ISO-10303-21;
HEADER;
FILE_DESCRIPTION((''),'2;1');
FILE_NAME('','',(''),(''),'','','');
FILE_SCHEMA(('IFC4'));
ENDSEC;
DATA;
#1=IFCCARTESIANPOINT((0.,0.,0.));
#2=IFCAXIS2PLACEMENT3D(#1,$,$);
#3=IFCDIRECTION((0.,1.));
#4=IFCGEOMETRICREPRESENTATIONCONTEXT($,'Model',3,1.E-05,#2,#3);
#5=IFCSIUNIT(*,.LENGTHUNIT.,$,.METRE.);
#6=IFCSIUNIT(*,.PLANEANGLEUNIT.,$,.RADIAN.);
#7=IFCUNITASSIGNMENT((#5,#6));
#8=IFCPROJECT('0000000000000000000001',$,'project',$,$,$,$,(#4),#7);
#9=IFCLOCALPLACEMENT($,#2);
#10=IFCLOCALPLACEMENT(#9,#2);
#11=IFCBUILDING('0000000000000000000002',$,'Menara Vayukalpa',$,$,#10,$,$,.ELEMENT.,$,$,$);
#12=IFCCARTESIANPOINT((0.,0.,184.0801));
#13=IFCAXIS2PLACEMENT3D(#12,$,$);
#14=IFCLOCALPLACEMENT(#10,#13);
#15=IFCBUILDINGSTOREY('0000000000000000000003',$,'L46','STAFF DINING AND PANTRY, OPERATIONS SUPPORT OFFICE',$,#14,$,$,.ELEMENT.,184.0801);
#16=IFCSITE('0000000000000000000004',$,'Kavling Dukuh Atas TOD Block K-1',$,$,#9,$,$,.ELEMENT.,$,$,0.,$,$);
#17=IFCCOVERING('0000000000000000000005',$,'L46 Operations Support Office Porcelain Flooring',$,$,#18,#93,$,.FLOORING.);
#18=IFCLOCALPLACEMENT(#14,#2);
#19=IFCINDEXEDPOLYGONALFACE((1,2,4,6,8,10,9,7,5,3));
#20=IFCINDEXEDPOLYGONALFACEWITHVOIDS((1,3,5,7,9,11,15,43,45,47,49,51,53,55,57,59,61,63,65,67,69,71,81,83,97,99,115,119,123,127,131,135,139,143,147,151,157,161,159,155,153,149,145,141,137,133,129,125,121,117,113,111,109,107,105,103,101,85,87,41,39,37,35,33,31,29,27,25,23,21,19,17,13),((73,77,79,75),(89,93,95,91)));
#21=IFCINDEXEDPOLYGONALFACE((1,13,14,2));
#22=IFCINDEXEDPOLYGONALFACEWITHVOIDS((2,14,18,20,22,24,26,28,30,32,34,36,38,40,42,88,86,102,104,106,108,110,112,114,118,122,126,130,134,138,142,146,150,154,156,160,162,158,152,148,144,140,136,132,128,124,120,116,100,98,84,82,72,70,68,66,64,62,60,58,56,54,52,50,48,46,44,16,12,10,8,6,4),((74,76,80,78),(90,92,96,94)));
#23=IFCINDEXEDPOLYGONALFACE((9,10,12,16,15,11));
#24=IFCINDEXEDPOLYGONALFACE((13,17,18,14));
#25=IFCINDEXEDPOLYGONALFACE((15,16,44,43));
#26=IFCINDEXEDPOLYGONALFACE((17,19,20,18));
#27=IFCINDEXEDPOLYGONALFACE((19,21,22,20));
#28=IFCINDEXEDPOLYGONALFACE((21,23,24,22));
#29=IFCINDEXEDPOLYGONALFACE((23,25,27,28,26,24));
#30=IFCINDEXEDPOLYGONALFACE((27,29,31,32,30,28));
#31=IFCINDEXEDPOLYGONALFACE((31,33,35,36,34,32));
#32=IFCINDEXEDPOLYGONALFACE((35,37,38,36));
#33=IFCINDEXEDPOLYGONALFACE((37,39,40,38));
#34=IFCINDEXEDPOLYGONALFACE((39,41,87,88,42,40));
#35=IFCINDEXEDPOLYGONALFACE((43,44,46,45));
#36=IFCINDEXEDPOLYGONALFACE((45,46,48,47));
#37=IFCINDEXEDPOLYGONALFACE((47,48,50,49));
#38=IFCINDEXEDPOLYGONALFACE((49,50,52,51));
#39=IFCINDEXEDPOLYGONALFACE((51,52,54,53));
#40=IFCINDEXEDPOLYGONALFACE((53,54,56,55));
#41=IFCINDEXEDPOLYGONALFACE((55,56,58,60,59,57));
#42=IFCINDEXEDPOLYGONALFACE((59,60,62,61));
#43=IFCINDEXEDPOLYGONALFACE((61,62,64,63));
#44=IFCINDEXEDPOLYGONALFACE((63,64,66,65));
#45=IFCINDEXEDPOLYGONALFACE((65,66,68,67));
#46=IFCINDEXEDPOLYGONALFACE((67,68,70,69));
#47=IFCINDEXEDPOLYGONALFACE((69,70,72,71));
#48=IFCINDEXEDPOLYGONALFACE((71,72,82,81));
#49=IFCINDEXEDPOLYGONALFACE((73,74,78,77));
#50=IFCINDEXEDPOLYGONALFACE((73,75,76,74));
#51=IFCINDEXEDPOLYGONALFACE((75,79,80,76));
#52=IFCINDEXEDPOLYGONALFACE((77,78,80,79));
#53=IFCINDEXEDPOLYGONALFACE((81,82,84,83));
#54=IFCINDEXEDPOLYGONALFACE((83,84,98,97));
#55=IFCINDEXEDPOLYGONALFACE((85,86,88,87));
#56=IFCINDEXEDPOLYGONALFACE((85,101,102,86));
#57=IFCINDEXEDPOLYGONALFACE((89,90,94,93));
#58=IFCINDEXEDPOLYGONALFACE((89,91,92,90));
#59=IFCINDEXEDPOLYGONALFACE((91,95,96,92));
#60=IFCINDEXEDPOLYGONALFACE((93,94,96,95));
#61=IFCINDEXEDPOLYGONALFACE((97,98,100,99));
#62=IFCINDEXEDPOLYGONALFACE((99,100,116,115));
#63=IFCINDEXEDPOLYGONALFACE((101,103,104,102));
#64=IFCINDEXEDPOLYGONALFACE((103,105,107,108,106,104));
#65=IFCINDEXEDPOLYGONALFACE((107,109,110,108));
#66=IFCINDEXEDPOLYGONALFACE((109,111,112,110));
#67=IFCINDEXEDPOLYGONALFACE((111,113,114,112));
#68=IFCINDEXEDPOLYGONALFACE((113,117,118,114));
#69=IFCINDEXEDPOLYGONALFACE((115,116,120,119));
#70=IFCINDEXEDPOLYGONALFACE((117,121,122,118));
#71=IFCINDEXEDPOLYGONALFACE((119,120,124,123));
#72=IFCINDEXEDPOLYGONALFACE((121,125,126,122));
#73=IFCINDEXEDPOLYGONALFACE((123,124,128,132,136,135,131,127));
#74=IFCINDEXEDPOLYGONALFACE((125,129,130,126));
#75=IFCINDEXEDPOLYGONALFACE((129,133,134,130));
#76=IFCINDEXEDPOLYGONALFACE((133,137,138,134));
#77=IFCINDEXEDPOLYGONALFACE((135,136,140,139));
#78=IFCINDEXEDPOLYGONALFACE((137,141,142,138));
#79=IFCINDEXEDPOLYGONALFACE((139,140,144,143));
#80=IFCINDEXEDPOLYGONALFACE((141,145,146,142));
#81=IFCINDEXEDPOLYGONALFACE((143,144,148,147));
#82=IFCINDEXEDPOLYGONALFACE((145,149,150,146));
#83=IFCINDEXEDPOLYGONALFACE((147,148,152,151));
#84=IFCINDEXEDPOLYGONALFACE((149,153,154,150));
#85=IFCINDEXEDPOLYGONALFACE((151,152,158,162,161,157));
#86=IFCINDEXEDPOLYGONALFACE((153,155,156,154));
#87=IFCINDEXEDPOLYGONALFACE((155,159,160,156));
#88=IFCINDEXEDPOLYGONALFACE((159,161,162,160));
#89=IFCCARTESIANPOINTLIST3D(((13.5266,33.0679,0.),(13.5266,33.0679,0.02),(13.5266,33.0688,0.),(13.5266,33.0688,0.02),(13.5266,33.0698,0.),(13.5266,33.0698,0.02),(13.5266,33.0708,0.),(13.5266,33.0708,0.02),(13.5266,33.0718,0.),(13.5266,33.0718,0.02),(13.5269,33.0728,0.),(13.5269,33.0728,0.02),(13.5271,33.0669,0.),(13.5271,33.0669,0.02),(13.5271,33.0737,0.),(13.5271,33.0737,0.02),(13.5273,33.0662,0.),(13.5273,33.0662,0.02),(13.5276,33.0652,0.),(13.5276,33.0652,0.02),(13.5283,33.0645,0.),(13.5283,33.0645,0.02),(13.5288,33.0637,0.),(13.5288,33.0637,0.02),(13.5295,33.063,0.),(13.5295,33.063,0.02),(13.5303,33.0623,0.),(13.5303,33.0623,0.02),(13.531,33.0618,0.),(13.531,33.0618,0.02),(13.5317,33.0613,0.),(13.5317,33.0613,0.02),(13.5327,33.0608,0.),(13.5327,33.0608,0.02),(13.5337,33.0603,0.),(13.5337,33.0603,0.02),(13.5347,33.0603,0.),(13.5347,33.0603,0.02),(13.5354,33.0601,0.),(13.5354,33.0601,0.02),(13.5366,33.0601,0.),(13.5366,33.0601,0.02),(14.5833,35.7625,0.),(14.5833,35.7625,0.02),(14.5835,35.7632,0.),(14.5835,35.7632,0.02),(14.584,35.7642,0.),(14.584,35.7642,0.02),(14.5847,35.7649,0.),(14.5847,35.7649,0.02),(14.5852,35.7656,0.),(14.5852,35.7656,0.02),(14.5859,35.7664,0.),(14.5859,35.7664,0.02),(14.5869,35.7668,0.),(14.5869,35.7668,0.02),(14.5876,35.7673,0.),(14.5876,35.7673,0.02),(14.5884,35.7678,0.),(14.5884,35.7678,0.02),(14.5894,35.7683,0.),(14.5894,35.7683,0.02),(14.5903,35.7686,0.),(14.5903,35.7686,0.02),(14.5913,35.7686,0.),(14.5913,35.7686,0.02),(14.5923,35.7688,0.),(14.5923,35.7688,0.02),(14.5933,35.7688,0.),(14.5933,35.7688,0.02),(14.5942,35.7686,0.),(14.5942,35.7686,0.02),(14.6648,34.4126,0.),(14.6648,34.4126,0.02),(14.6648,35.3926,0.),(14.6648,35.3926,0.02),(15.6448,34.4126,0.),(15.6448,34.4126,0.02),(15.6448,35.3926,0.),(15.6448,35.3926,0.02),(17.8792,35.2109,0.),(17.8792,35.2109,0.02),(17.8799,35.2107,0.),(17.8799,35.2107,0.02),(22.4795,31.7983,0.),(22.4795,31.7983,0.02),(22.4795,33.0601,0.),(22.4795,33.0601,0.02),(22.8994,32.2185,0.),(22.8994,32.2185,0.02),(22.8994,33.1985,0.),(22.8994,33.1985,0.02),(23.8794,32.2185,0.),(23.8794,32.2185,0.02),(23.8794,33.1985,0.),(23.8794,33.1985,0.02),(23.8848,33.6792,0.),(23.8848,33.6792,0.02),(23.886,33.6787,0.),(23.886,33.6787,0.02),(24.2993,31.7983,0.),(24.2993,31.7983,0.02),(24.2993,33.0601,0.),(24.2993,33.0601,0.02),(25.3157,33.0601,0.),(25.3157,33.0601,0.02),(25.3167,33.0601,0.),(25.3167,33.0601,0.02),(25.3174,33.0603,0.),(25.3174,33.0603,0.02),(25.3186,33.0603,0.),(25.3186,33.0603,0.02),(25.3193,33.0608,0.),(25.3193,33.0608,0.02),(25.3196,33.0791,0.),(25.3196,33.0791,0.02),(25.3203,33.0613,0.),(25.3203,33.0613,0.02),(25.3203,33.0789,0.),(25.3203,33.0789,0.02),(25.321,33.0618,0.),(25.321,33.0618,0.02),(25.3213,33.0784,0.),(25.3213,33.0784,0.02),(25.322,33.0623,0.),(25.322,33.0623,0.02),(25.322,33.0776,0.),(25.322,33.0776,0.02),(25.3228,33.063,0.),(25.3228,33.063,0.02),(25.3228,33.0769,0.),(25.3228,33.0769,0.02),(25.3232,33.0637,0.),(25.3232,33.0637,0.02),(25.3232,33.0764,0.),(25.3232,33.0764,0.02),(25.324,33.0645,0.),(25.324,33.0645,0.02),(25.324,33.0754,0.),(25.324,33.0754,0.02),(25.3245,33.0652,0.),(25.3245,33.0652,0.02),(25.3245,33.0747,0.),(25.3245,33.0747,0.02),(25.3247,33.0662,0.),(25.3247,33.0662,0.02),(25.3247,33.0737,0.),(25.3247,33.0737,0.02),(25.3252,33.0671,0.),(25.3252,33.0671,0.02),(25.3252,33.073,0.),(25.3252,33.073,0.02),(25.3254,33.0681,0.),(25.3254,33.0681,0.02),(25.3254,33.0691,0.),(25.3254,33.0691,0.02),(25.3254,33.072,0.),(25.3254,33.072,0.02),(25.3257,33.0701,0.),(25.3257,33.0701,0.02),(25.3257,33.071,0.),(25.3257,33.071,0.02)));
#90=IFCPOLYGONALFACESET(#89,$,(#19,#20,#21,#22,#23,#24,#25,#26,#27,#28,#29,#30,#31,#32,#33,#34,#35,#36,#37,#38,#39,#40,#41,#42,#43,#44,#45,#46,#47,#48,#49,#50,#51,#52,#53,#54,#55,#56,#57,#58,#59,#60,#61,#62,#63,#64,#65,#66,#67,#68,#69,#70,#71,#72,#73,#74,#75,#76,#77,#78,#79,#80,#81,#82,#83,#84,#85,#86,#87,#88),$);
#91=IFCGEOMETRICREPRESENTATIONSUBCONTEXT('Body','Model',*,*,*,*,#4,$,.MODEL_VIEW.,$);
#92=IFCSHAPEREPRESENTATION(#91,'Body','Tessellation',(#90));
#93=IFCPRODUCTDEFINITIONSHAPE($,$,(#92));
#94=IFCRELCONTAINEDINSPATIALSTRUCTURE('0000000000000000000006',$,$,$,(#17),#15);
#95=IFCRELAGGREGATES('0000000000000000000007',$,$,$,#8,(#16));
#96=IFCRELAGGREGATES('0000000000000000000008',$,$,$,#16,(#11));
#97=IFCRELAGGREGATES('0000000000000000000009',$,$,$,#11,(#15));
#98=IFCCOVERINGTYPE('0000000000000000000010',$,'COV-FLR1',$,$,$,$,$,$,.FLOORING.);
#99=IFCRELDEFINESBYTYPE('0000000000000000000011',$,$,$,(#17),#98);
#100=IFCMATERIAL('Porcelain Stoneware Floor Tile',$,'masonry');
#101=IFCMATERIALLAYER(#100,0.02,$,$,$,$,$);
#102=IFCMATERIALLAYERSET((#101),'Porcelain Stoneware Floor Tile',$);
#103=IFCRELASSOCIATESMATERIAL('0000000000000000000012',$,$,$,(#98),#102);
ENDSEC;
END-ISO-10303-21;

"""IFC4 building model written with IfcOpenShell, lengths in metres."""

from ifc_helpers import new_model, si_unit, direction, frame, origin, place, context, subcontext, project, spatial, polyline, outline, extrude, material, layer, layer_set, type_object, element, save


model = new_model("IFC4")

# Units and contexts
model_context = context("Model", 3, precision=1e-05, world=origin(), true_north=direction((0.0, 1.0)))
body_context = subcontext(model_context, "Body", "Model", "MODEL_VIEW")
ifc_project = project(units=[si_unit("LENGTHUNIT", "METRE"), si_unit("PLANEANGLEUNIT", "RADIAN")], contexts=[model_context])

# Site, building, storey
site_placement = place(None, origin())
site = spatial("IfcSite", under=ifc_project, at=site_placement, Name="Kavling Dukuh Atas TOD Block K-1", CompositionType="ELEMENT", RefElevation=0.0)
building_placement = place(site_placement, origin())
building = spatial("IfcBuilding", under=site, at=building_placement, Name="Menara Vayukalpa", CompositionType="ELEMENT")
storey_placement = place(building_placement, frame((0.0, 0.0, 184.0801)))
storey = spatial("IfcBuildingStorey", under=building, at=storey_placement, Name="L46", Description="STAFF DINING AND PANTRY, OPERATIONS SUPPORT OFFICE", CompositionType="ELEMENT", Elevation=184.0801)

# Covering
ifc_material_1 = material(Name="Porcelain Stoneware Floor Tile", Category="masonry")
ifc_layer_1 = layer(ifc_material_1, 0.02)
ifc_layer_set_1 = layer_set([ifc_layer_1], Name="Porcelain Stoneware Floor Tile")
covering_type_1 = type_object("IfcCoveringType", Name="COV-FLR1", PredefinedType="FLOORING", material=ifc_layer_set_1)
covering_1_placement = place(storey_placement, origin())
element("IfcCovering", 1, at=covering_1_placement, inside=storey, type_object=covering_type_1, Name="L46 Operations Support Office Porcelain Flooring", PredefinedType="FLOORING", context=body_context, shape_type="SweptSolid", body=[
    extrude(outline(polyline([(13.5366, 33.0601), (13.5354, 33.0601), (13.5347, 33.0603), (13.5337, 33.0603), (13.5327, 33.0608), (13.5317, 33.0613), (13.531, 33.0618), (13.5303, 33.0623), (13.5295, 33.063), (13.5288, 33.0637), (13.5283, 33.0645), (13.5276, 33.0652), (13.5273, 33.0662), (13.5271, 33.0669), (13.5266, 33.0679), (13.5266, 33.0688), (13.5266, 33.0698), (13.5266, 33.0708), (13.5266, 33.0718), (13.5269, 33.0728), (13.5271, 33.0737), (14.5833, 35.7625), (14.5835, 35.7632), (14.584, 35.7642), (14.5847, 35.7649), (14.5852, 35.7656), (14.5859, 35.7664), (14.5869, 35.7668), (14.5876, 35.7673), (14.5884, 35.7678), (14.5894, 35.7683), (14.5903, 35.7686), (14.5913, 35.7686), (14.5923, 35.7688), (14.5933, 35.7688), (14.5942, 35.7686), (17.8792, 35.2109), (17.8799, 35.2107), (23.8848, 33.6792), (23.886, 33.6787), (25.3196, 33.0791), (25.3203, 33.0789), (25.3213, 33.0784), (25.322, 33.0776), (25.3228, 33.0769), (25.3232, 33.0764), (25.324, 33.0754), (25.3245, 33.0747), (25.3247, 33.0737), (25.3252, 33.073), (25.3254, 33.072), (25.3257, 33.071), (25.3257, 33.0701), (25.3254, 33.0691), (25.3254, 33.0681), (25.3252, 33.0671), (25.3247, 33.0662), (25.3245, 33.0652), (25.324, 33.0645), (25.3232, 33.0637), (25.3228, 33.063), (25.322, 33.0623), (25.321, 33.0618), (25.3203, 33.0613), (25.3193, 33.0608), (25.3186, 33.0603), (25.3174, 33.0603), (25.3167, 33.0601), (25.3157, 33.0601), (24.2993, 33.0601), (24.2993, 31.7983), (22.4795, 31.7983), (22.4795, 33.0601), (13.5366, 33.0601)]), holes=[polyline([(15.6448, 35.3926), (14.6648, 35.3926), (14.6648, 34.4126), (15.6448, 34.4126), (15.6448, 35.3926)]), polyline([(23.8794, 33.1985), (22.8994, 33.1985), (22.8994, 32.2185), (23.8794, 32.2185), (23.8794, 33.1985)])]), origin(), (0.0, 0.0, 1.0), 0.02),
])

save(model, "model.ifc")
